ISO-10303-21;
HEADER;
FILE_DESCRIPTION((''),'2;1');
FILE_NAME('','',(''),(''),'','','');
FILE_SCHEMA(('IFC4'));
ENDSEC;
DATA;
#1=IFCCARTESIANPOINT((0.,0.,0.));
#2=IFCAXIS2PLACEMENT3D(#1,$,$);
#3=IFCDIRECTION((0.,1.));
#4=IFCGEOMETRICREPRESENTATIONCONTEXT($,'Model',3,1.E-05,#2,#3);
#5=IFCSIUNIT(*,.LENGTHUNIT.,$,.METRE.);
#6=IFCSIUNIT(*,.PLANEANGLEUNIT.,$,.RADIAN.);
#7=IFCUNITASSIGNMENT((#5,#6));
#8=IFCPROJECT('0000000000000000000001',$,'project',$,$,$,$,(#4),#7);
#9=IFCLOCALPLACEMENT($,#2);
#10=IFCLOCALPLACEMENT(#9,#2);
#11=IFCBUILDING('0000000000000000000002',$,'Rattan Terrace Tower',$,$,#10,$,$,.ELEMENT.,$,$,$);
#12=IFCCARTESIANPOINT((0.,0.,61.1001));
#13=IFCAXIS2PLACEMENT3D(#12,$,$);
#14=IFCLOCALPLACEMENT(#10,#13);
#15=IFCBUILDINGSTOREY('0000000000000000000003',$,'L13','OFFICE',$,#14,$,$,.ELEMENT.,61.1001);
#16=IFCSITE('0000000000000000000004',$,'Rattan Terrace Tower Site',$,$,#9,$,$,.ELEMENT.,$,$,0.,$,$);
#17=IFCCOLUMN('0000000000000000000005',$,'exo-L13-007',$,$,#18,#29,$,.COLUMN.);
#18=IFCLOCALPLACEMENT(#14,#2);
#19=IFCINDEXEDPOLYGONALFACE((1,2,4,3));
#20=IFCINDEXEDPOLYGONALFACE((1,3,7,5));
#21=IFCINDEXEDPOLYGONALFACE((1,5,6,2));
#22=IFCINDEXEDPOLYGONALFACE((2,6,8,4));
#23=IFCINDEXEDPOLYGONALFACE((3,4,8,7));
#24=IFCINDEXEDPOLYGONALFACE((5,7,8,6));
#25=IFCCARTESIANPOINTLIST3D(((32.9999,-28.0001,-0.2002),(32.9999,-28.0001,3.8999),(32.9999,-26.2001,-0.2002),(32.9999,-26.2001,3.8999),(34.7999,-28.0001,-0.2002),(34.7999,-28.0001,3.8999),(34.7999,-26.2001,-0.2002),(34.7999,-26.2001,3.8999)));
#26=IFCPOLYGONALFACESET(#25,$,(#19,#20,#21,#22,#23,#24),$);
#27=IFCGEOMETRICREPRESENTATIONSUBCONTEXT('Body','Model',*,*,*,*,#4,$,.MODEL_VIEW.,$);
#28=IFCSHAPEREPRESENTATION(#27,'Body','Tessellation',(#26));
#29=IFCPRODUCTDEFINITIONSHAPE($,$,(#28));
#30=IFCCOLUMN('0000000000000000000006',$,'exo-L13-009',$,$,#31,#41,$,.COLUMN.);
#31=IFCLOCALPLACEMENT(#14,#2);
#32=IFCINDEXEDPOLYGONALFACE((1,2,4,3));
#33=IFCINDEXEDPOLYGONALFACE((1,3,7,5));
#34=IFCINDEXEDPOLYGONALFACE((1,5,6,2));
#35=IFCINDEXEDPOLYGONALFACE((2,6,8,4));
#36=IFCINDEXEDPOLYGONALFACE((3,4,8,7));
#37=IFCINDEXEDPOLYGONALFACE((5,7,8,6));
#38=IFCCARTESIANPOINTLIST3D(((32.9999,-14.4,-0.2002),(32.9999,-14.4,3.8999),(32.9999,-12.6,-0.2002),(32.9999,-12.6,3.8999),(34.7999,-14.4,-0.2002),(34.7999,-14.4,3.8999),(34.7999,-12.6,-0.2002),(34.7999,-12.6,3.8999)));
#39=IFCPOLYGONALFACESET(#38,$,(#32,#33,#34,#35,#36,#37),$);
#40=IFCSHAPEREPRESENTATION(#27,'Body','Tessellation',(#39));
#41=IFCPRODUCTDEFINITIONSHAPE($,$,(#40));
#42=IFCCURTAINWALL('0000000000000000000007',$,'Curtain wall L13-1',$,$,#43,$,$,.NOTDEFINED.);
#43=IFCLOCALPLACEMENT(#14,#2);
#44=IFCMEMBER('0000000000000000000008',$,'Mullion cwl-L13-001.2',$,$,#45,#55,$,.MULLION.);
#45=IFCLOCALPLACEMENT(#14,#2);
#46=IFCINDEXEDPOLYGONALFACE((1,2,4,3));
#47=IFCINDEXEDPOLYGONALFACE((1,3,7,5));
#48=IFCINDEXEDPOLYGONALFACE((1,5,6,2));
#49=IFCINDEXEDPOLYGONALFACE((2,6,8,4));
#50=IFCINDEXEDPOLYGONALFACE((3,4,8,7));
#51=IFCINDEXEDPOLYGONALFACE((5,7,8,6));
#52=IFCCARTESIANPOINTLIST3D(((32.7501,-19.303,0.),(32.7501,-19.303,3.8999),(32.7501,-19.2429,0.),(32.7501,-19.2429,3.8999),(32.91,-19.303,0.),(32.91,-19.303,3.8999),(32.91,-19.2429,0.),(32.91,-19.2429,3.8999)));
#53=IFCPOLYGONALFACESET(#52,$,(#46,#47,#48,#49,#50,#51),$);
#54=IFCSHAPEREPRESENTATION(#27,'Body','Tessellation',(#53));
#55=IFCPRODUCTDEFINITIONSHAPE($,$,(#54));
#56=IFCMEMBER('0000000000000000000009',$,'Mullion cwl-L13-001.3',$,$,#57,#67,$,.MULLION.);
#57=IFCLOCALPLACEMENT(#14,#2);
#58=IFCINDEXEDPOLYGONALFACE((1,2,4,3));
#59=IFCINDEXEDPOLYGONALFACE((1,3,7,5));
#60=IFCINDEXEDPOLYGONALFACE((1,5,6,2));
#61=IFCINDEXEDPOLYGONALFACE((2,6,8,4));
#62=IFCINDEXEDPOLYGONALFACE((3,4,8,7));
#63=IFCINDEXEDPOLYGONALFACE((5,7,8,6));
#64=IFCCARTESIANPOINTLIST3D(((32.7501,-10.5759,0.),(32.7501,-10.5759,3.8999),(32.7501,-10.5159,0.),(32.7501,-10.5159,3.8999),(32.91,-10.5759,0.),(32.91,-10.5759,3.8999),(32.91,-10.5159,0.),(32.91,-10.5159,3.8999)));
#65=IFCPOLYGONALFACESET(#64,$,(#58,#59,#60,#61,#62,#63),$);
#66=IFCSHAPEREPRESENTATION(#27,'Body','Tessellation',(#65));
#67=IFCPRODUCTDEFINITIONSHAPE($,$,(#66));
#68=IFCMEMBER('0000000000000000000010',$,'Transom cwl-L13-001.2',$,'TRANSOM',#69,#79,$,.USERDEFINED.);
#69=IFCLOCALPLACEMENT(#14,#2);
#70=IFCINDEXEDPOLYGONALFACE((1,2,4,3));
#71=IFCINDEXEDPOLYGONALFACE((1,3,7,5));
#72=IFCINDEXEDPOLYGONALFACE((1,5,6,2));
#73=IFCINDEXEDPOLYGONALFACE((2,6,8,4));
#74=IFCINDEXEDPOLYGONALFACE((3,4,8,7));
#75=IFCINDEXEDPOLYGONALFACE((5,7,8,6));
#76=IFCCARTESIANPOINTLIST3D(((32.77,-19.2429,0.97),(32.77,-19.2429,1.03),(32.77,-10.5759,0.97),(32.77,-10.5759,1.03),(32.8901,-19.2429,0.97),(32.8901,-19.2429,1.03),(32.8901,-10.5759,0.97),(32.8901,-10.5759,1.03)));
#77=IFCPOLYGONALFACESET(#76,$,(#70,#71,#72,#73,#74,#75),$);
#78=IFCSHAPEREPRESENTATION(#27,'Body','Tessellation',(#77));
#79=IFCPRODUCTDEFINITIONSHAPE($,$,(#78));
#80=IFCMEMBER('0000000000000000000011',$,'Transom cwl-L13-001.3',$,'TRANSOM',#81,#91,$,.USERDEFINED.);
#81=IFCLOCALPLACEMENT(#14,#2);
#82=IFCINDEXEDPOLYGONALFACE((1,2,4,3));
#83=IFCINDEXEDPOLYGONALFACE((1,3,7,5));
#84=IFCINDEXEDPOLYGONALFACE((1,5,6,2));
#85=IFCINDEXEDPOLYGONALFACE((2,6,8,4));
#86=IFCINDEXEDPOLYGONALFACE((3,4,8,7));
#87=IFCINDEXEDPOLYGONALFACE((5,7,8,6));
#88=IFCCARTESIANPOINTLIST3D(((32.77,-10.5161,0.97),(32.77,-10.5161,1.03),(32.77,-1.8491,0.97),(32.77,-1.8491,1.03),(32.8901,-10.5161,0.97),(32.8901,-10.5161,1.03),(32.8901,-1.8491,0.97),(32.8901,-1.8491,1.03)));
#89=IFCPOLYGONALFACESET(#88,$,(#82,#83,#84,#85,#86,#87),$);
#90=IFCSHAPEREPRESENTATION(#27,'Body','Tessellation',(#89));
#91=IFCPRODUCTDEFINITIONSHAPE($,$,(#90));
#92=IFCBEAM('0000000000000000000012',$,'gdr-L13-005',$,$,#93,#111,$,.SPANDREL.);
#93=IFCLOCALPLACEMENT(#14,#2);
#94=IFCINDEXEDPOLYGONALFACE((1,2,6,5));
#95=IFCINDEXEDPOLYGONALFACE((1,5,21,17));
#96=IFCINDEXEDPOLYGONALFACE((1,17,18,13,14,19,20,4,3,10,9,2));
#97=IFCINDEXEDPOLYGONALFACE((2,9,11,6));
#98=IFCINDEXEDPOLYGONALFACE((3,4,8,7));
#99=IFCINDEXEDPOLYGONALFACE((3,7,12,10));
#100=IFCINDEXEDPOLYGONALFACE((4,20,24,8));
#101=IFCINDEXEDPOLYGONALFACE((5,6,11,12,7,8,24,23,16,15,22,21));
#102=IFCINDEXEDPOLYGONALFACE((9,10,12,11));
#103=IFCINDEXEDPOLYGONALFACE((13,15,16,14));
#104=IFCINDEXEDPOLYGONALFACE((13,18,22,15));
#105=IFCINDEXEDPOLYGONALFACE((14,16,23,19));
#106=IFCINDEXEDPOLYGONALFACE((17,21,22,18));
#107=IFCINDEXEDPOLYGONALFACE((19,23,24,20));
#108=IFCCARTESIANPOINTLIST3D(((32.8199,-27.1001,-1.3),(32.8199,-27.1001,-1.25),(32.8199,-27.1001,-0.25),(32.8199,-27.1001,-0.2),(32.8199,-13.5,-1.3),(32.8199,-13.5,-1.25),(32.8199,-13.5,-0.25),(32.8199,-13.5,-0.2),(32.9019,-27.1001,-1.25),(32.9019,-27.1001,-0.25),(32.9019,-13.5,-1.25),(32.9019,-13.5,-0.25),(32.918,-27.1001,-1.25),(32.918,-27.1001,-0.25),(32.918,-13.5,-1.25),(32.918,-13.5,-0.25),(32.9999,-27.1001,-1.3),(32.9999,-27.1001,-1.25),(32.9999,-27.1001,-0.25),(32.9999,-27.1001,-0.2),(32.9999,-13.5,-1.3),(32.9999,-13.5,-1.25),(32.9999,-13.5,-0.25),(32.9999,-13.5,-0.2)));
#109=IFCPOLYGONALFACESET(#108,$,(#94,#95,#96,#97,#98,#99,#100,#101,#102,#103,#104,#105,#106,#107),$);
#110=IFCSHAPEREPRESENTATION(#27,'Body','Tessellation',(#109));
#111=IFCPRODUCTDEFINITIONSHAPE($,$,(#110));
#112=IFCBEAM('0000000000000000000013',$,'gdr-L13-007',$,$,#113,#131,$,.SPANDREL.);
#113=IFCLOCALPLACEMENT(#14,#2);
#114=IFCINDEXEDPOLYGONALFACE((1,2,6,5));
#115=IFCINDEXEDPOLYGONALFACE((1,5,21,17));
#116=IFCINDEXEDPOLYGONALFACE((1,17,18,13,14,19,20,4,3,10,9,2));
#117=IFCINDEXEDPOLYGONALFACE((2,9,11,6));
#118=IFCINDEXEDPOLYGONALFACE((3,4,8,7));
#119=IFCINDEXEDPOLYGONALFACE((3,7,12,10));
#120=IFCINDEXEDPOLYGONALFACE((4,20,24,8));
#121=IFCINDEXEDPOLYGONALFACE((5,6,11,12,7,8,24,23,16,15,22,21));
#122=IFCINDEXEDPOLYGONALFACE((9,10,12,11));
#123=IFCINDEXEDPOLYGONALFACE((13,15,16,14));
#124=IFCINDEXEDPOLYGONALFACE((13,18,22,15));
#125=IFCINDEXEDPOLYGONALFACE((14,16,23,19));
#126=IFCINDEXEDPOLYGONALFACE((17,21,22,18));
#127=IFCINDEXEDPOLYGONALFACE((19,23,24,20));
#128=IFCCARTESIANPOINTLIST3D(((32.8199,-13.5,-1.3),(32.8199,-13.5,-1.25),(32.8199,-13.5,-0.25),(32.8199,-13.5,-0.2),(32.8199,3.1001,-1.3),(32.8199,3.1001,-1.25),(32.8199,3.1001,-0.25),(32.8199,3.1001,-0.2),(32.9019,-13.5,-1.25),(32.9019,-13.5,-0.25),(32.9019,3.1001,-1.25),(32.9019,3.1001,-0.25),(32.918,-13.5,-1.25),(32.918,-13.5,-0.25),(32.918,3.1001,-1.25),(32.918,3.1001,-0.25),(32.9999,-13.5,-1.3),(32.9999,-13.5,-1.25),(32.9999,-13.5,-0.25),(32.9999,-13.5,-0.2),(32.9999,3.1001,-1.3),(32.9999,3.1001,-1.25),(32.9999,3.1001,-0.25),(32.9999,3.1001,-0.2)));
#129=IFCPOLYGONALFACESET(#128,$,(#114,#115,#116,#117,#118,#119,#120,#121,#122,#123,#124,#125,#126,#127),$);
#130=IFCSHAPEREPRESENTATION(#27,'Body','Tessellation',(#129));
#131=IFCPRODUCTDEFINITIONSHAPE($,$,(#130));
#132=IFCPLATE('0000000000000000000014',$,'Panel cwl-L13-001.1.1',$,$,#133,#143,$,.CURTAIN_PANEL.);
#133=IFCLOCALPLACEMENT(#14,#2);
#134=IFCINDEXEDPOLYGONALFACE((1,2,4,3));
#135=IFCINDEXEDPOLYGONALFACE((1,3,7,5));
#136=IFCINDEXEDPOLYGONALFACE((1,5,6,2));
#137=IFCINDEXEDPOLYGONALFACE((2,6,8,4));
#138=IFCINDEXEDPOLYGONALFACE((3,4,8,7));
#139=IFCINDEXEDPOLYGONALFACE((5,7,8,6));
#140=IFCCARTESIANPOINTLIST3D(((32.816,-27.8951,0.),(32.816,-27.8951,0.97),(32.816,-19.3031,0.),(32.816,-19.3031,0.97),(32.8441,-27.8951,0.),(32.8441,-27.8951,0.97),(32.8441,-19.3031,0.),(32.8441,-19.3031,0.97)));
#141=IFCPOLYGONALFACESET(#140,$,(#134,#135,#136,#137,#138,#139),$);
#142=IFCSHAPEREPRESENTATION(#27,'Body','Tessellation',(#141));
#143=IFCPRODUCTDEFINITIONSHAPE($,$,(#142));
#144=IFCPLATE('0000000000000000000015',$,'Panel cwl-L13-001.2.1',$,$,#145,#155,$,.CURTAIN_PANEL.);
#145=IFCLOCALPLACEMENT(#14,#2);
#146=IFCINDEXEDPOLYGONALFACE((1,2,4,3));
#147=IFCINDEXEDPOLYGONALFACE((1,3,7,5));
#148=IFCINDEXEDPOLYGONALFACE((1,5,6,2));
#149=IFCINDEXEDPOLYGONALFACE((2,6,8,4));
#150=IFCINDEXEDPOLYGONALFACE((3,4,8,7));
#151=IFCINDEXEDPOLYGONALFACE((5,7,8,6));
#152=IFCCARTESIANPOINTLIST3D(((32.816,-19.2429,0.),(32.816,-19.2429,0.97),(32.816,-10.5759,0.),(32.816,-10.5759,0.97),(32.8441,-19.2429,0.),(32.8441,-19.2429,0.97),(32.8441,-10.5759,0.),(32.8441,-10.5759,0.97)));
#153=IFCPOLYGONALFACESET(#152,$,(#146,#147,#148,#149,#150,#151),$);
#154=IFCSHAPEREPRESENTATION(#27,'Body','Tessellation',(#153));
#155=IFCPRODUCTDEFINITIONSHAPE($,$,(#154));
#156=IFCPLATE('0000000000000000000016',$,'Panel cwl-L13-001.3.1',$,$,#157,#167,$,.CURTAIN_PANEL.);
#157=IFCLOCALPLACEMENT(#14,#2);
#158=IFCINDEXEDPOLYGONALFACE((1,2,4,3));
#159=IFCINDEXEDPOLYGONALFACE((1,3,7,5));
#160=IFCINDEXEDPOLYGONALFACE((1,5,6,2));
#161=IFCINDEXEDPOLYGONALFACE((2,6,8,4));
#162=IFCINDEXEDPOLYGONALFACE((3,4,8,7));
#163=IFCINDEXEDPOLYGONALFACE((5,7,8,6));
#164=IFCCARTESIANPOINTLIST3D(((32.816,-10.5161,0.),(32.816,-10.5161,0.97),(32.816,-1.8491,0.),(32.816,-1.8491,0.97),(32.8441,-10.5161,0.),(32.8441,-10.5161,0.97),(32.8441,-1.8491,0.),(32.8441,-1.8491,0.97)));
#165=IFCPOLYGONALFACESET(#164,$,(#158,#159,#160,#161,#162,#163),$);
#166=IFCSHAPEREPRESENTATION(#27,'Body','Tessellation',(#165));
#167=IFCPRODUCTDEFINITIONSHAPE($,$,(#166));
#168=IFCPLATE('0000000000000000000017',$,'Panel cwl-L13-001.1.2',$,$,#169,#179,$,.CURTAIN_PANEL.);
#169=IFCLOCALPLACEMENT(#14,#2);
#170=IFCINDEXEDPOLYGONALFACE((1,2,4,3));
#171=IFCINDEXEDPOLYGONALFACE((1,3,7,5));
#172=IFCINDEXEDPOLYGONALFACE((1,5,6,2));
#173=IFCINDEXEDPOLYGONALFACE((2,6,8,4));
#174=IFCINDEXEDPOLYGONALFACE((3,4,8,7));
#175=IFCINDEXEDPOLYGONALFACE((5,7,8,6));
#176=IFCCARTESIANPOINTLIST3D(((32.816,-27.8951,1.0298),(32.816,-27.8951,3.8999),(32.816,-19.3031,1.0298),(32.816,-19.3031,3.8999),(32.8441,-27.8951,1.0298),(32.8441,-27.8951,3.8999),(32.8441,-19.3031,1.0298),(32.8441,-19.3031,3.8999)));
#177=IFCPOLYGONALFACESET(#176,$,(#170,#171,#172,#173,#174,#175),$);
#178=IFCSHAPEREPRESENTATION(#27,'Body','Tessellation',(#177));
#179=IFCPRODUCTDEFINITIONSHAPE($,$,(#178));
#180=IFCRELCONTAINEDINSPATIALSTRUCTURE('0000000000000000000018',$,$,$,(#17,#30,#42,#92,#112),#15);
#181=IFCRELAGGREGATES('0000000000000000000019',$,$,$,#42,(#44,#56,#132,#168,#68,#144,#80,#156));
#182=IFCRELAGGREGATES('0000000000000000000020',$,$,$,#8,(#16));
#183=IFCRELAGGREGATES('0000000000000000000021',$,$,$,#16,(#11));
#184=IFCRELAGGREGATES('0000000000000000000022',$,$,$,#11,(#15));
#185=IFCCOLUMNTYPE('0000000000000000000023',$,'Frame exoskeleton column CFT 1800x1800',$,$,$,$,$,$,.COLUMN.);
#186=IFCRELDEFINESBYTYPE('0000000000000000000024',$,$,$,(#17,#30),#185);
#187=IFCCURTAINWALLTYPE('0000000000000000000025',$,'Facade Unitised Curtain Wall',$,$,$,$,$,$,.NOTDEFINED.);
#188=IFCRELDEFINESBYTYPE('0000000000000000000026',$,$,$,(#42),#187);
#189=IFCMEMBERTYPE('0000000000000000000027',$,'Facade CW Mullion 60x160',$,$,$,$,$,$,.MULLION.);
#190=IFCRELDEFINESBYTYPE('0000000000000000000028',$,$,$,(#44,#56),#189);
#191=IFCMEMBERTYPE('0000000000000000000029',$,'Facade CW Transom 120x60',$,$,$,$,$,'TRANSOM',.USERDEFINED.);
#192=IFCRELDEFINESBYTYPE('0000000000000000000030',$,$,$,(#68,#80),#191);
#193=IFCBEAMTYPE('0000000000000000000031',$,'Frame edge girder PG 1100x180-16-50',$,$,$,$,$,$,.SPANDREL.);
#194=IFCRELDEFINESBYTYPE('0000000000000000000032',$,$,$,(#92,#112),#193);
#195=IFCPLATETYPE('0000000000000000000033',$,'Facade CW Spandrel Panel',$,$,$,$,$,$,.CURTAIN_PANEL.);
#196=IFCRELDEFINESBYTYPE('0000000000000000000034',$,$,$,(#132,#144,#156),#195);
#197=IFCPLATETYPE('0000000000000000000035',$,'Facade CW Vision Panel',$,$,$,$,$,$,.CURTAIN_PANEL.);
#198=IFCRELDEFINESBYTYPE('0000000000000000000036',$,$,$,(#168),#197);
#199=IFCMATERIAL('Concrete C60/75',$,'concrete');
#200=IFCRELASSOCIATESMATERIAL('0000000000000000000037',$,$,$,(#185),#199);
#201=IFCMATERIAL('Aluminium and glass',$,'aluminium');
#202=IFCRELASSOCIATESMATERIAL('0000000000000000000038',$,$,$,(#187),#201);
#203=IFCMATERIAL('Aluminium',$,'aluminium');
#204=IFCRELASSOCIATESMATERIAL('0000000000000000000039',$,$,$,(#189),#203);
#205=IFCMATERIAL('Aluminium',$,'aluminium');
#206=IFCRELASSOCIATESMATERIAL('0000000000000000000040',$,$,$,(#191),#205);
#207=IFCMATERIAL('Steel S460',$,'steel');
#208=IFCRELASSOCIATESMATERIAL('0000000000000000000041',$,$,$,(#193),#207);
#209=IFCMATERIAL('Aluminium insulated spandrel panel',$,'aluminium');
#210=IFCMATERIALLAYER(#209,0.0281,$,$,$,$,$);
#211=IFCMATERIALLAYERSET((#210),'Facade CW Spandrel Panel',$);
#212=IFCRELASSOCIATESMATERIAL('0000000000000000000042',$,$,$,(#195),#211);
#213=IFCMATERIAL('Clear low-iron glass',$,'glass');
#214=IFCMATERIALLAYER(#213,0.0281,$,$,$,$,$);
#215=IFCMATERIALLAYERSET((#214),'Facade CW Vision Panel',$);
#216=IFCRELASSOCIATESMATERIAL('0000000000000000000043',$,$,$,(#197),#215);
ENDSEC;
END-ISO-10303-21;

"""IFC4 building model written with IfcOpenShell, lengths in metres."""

from ifc_helpers import new_model, si_unit, direction, frame, origin, origin_2d, place, context, subcontext, project, spatial, rectangle, i_section, extrude, material, layer, layer_set, material_profile, profile_set, type_object, element, aggregate, save


model = new_model("IFC4")

# Units and contexts
model_context = context("Model", 3, precision=1e-05, world=origin(), true_north=direction((0.0, 1.0)))
body_context = subcontext(model_context, "Body", "Model", "MODEL_VIEW")
ifc_project = project(units=[si_unit("LENGTHUNIT", "METRE"), si_unit("PLANEANGLEUNIT", "RADIAN")], contexts=[model_context])

# Site, building, storey
site_placement = place(None, origin())
site = spatial("IfcSite", under=ifc_project, at=site_placement, Name="Rattan Terrace Tower Site", CompositionType="ELEMENT", RefElevation=0.0)
building_placement = place(site_placement, origin())
building = spatial("IfcBuilding", under=site, at=building_placement, Name="Rattan Terrace Tower", CompositionType="ELEMENT")
storey_placement = place(building_placement, frame((0.0, 0.0, 61.1001)))
storey = spatial("IfcBuildingStorey", under=building, at=storey_placement, Name="L13", Description="OFFICE", CompositionType="ELEMENT", Elevation=61.1001)

# Columns
ifc_material_1 = material(Name="Concrete C60/75", Category="concrete")
ifc_material_profile_1 = material_profile(ifc_material_1, rectangle(XDim=1.8, YDim=1.8, at=origin_2d()), Name="CFT 1800x1800")
ifc_profile_set_1 = profile_set([ifc_material_profile_1], Name="Concrete C60/75")
column_type = type_object("IfcColumnType", Name="Frame exoskeleton column CFT 1800x1800", PredefinedType="COLUMN", material=ifc_profile_set_1)
for number, where, z_axis, x_axis, name in (
    (1, (33.8999, -27.1001, -0.2002), (0.0, 0.0, 1.0), (0.0, 1.0, 0.0), "exo-L13-007"),
    (2, (33.8999, -13.5, -0.2002), (0.0, 0.0, 1.0), (0.0, 1.0, 0.0), "exo-L13-009"),
):
    element("IfcColumn", number, at=place(storey_placement, frame(where, z_axis=z_axis, x_axis=x_axis)), inside=storey, type_object=column_type, Name=name, PredefinedType="COLUMN", context=body_context, shape_type="SweptSolid", body=[
        extrude(rectangle(XDim=1.8, YDim=1.8, at=origin_2d()), origin(), (0.0, 0.0, 1.0), 4.1001),
    ])

# Curtain wall, members
ifc_material_2 = material(Name="Aluminium and glass", Category="aluminium")
curtain_wall_type = type_object("IfcCurtainWallType", Name="Facade Unitised Curtain Wall", PredefinedType="NOTDEFINED", material=ifc_material_2)
curtain_wall_placement = place(storey_placement, origin())
curtain_wall = element("IfcCurtainWall", 3, at=curtain_wall_placement, inside=storey, type_object=curtain_wall_type, Name="Curtain wall L13-1", PredefinedType="NOTDEFINED")
ifc_material_3 = material(Name="Aluminium", Category="aluminium")
ifc_material_profile_2 = material_profile(ifc_material_3, rectangle(XDim=0.0601, YDim=0.1599, at=origin_2d()), Name="Aluminium 60x160")
ifc_profile_set_2 = profile_set([ifc_material_profile_2], Name="Aluminium")
member_type_1 = type_object("IfcMemberType", Name="Facade CW Mullion 60x160", PredefinedType="MULLION", material=ifc_profile_set_2)
member_1_placement = place(storey_placement, frame((32.8301, -19.2729, 0.0), z_axis=(0.0, 0.0, 1.0), x_axis=(0.0, 1.0, 0.0)))
member_1 = element("IfcMember", 4, at=member_1_placement, type_object=member_type_1, Name="Mullion cwl-L13-001.2", PredefinedType="MULLION", context=body_context, shape_type="SweptSolid", body=[
    extrude(rectangle(XDim=0.0601, YDim=0.1599, at=origin_2d()), origin(), (0.0, 0.0, 1.0), 3.8999),
])
member_2_placement = place(storey_placement, frame((32.8301, -10.5459, 0.0), z_axis=(0.0, 0.0, 1.0), x_axis=(0.0, 1.0, 0.0)))
member_2 = element("IfcMember", 5, at=member_2_placement, type_object=member_type_1, Name="Mullion cwl-L13-001.3", PredefinedType="MULLION", context=body_context, shape_type="SweptSolid", body=[
    extrude(rectangle(XDim=0.0601, YDim=0.1599, at=origin_2d()), origin(), (0.0, 0.0, 1.0), 3.8999),
])
ifc_material_4 = material(Name="Aluminium", Category="aluminium")
ifc_material_profile_3 = material_profile(ifc_material_4, rectangle(XDim=0.1201, YDim=0.0601, at=origin_2d()), Name="Aluminium 120x60")
ifc_profile_set_3 = profile_set([ifc_material_profile_3], Name="Aluminium")
member_type_2 = type_object("IfcMemberType", Name="Facade CW Transom 120x60", ElementType="TRANSOM", PredefinedType="USERDEFINED", material=ifc_profile_set_3)
member_3_placement = place(storey_placement, frame((32.8301, -19.2429, 1.0), z_axis=(0.0, 1.0, 0.0), x_axis=(-1.0, 0.0, 0.0)))
member_3 = element("IfcMember", 6, at=member_3_placement, type_object=member_type_2, Name="Transom cwl-L13-001.2", ObjectType="TRANSOM", PredefinedType="USERDEFINED", context=body_context, shape_type="SweptSolid", body=[
    extrude(rectangle(XDim=0.1201, YDim=0.0601, at=origin_2d()), origin(), (0.0, 0.0, 1.0), 8.667),
])
member_4_placement = place(storey_placement, frame((32.8301, -10.5161, 1.0), z_axis=(0.0, 1.0, 0.0), x_axis=(-1.0, 0.0, 0.0)))
member_4 = element("IfcMember", 7, at=member_4_placement, type_object=member_type_2, Name="Transom cwl-L13-001.3", ObjectType="TRANSOM", PredefinedType="USERDEFINED", context=body_context, shape_type="SweptSolid", body=[
    extrude(rectangle(XDim=0.1201, YDim=0.0601, at=origin_2d()), origin(), (0.0, 0.0, 1.0), 8.667),
])

# Beams
ifc_material_5 = material(Name="Steel S460", Category="steel")
ifc_material_profile_4 = material_profile(ifc_material_5, i_section(OverallWidth=0.1799, OverallDepth=1.1001, WebThickness=0.0161, FlangeThickness=0.05, at=origin_2d()), Name="PG 1100x180-16-50")
ifc_profile_set_4 = profile_set([ifc_material_profile_4], Name="Steel S460")
beam_type = type_object("IfcBeamType", Name="Frame edge girder PG 1100x180-16-50", PredefinedType="SPANDREL", material=ifc_profile_set_4)
beam_1_placement = place(storey_placement, frame((32.9099, -27.1001, -0.75), z_axis=(0.0, 1.0, 0.0), x_axis=(-1.0, 0.0, 0.0)))
element("IfcBeam", 8, at=beam_1_placement, inside=storey, type_object=beam_type, Name="gdr-L13-005", PredefinedType="SPANDREL", context=body_context, shape_type="SweptSolid", body=[
    extrude(i_section(OverallWidth=0.1799, OverallDepth=1.1001, WebThickness=0.0161, FlangeThickness=0.05, at=origin_2d()), origin(), (0.0, 0.0, 1.0), 13.6001),
])
beam_2_placement = place(storey_placement, frame((32.9099, -13.5, -0.75), z_axis=(0.0, 1.0, 0.0), x_axis=(-1.0, 0.0, 0.0)))
element("IfcBeam", 9, at=beam_2_placement, inside=storey, type_object=beam_type, Name="gdr-L13-007", PredefinedType="SPANDREL", context=body_context, shape_type="SweptSolid", body=[
    extrude(i_section(OverallWidth=0.1799, OverallDepth=1.1001, WebThickness=0.0161, FlangeThickness=0.05, at=origin_2d()), origin(), (0.0, 0.0, 1.0), 16.6001),
])

# Plates
ifc_material_6 = material(Name="Aluminium insulated spandrel panel", Category="aluminium")
ifc_layer_1 = layer(ifc_material_6, 0.0281)
ifc_layer_set_1 = layer_set([ifc_layer_1], Name="Facade CW Spandrel Panel")
plate_type_1 = type_object("IfcPlateType", Name="Facade CW Spandrel Panel", PredefinedType="CURTAIN_PANEL", material=ifc_layer_set_1)
plate_1_placement = place(storey_placement, frame((32.8301, -23.5991, 0.0), z_axis=(0.0, 0.0, 1.0), x_axis=(0.0, 1.0, 0.0)))
plate_1 = element("IfcPlate", 10, at=plate_1_placement, type_object=plate_type_1, Name="Panel cwl-L13-001.1.1", PredefinedType="CURTAIN_PANEL", context=body_context, shape_type="SweptSolid", body=[
    extrude(rectangle(XDim=8.592, YDim=0.0281, at=origin_2d()), origin(), (0.0, 0.0, 1.0), 0.97),
])
plate_2_placement = place(storey_placement, frame((32.8301, -14.9094, 0.0), z_axis=(0.0, 0.0, 1.0), x_axis=(0.0, 1.0, 0.0)))
plate_2 = element("IfcPlate", 11, at=plate_2_placement, type_object=plate_type_1, Name="Panel cwl-L13-001.2.1", PredefinedType="CURTAIN_PANEL", context=body_context, shape_type="SweptSolid", body=[
    extrude(rectangle(XDim=8.667, YDim=0.0281, at=origin_2d()), origin(), (0.0, 0.0, 1.0), 0.97),
])
plate_3_placement = place(storey_placement, frame((32.8301, -6.1826, 0.0), z_axis=(0.0, 0.0, 1.0), x_axis=(0.0, 1.0, 0.0)))
plate_3 = element("IfcPlate", 12, at=plate_3_placement, type_object=plate_type_1, Name="Panel cwl-L13-001.3.1", PredefinedType="CURTAIN_PANEL", context=body_context, shape_type="SweptSolid", body=[
    extrude(rectangle(XDim=8.667, YDim=0.0281, at=origin_2d()), origin(), (0.0, 0.0, 1.0), 0.97),
])
ifc_material_7 = material(Name="Clear low-iron glass", Category="glass")
ifc_layer_2 = layer(ifc_material_7, 0.0281)
ifc_layer_set_2 = layer_set([ifc_layer_2], Name="Facade CW Vision Panel")
plate_type_2 = type_object("IfcPlateType", Name="Facade CW Vision Panel", PredefinedType="CURTAIN_PANEL", material=ifc_layer_set_2)
plate_4_placement = place(storey_placement, frame((32.8301, -23.5991, 1.0298), z_axis=(0.0, 0.0, 1.0), x_axis=(0.0, 1.0, 0.0)))
plate_4 = element("IfcPlate", 13, at=plate_4_placement, type_object=plate_type_2, Name="Panel cwl-L13-001.1.2", PredefinedType="CURTAIN_PANEL", context=body_context, shape_type="SweptSolid", body=[
    extrude(rectangle(XDim=8.592, YDim=0.0281, at=origin_2d()), origin(), (0.0, 0.0, 1.0), 2.8701),
])
aggregate(curtain_wall, [member_1, member_2, plate_1, plate_4, member_3, plate_2, member_4, plate_3])

save(model, "model.ifc")
